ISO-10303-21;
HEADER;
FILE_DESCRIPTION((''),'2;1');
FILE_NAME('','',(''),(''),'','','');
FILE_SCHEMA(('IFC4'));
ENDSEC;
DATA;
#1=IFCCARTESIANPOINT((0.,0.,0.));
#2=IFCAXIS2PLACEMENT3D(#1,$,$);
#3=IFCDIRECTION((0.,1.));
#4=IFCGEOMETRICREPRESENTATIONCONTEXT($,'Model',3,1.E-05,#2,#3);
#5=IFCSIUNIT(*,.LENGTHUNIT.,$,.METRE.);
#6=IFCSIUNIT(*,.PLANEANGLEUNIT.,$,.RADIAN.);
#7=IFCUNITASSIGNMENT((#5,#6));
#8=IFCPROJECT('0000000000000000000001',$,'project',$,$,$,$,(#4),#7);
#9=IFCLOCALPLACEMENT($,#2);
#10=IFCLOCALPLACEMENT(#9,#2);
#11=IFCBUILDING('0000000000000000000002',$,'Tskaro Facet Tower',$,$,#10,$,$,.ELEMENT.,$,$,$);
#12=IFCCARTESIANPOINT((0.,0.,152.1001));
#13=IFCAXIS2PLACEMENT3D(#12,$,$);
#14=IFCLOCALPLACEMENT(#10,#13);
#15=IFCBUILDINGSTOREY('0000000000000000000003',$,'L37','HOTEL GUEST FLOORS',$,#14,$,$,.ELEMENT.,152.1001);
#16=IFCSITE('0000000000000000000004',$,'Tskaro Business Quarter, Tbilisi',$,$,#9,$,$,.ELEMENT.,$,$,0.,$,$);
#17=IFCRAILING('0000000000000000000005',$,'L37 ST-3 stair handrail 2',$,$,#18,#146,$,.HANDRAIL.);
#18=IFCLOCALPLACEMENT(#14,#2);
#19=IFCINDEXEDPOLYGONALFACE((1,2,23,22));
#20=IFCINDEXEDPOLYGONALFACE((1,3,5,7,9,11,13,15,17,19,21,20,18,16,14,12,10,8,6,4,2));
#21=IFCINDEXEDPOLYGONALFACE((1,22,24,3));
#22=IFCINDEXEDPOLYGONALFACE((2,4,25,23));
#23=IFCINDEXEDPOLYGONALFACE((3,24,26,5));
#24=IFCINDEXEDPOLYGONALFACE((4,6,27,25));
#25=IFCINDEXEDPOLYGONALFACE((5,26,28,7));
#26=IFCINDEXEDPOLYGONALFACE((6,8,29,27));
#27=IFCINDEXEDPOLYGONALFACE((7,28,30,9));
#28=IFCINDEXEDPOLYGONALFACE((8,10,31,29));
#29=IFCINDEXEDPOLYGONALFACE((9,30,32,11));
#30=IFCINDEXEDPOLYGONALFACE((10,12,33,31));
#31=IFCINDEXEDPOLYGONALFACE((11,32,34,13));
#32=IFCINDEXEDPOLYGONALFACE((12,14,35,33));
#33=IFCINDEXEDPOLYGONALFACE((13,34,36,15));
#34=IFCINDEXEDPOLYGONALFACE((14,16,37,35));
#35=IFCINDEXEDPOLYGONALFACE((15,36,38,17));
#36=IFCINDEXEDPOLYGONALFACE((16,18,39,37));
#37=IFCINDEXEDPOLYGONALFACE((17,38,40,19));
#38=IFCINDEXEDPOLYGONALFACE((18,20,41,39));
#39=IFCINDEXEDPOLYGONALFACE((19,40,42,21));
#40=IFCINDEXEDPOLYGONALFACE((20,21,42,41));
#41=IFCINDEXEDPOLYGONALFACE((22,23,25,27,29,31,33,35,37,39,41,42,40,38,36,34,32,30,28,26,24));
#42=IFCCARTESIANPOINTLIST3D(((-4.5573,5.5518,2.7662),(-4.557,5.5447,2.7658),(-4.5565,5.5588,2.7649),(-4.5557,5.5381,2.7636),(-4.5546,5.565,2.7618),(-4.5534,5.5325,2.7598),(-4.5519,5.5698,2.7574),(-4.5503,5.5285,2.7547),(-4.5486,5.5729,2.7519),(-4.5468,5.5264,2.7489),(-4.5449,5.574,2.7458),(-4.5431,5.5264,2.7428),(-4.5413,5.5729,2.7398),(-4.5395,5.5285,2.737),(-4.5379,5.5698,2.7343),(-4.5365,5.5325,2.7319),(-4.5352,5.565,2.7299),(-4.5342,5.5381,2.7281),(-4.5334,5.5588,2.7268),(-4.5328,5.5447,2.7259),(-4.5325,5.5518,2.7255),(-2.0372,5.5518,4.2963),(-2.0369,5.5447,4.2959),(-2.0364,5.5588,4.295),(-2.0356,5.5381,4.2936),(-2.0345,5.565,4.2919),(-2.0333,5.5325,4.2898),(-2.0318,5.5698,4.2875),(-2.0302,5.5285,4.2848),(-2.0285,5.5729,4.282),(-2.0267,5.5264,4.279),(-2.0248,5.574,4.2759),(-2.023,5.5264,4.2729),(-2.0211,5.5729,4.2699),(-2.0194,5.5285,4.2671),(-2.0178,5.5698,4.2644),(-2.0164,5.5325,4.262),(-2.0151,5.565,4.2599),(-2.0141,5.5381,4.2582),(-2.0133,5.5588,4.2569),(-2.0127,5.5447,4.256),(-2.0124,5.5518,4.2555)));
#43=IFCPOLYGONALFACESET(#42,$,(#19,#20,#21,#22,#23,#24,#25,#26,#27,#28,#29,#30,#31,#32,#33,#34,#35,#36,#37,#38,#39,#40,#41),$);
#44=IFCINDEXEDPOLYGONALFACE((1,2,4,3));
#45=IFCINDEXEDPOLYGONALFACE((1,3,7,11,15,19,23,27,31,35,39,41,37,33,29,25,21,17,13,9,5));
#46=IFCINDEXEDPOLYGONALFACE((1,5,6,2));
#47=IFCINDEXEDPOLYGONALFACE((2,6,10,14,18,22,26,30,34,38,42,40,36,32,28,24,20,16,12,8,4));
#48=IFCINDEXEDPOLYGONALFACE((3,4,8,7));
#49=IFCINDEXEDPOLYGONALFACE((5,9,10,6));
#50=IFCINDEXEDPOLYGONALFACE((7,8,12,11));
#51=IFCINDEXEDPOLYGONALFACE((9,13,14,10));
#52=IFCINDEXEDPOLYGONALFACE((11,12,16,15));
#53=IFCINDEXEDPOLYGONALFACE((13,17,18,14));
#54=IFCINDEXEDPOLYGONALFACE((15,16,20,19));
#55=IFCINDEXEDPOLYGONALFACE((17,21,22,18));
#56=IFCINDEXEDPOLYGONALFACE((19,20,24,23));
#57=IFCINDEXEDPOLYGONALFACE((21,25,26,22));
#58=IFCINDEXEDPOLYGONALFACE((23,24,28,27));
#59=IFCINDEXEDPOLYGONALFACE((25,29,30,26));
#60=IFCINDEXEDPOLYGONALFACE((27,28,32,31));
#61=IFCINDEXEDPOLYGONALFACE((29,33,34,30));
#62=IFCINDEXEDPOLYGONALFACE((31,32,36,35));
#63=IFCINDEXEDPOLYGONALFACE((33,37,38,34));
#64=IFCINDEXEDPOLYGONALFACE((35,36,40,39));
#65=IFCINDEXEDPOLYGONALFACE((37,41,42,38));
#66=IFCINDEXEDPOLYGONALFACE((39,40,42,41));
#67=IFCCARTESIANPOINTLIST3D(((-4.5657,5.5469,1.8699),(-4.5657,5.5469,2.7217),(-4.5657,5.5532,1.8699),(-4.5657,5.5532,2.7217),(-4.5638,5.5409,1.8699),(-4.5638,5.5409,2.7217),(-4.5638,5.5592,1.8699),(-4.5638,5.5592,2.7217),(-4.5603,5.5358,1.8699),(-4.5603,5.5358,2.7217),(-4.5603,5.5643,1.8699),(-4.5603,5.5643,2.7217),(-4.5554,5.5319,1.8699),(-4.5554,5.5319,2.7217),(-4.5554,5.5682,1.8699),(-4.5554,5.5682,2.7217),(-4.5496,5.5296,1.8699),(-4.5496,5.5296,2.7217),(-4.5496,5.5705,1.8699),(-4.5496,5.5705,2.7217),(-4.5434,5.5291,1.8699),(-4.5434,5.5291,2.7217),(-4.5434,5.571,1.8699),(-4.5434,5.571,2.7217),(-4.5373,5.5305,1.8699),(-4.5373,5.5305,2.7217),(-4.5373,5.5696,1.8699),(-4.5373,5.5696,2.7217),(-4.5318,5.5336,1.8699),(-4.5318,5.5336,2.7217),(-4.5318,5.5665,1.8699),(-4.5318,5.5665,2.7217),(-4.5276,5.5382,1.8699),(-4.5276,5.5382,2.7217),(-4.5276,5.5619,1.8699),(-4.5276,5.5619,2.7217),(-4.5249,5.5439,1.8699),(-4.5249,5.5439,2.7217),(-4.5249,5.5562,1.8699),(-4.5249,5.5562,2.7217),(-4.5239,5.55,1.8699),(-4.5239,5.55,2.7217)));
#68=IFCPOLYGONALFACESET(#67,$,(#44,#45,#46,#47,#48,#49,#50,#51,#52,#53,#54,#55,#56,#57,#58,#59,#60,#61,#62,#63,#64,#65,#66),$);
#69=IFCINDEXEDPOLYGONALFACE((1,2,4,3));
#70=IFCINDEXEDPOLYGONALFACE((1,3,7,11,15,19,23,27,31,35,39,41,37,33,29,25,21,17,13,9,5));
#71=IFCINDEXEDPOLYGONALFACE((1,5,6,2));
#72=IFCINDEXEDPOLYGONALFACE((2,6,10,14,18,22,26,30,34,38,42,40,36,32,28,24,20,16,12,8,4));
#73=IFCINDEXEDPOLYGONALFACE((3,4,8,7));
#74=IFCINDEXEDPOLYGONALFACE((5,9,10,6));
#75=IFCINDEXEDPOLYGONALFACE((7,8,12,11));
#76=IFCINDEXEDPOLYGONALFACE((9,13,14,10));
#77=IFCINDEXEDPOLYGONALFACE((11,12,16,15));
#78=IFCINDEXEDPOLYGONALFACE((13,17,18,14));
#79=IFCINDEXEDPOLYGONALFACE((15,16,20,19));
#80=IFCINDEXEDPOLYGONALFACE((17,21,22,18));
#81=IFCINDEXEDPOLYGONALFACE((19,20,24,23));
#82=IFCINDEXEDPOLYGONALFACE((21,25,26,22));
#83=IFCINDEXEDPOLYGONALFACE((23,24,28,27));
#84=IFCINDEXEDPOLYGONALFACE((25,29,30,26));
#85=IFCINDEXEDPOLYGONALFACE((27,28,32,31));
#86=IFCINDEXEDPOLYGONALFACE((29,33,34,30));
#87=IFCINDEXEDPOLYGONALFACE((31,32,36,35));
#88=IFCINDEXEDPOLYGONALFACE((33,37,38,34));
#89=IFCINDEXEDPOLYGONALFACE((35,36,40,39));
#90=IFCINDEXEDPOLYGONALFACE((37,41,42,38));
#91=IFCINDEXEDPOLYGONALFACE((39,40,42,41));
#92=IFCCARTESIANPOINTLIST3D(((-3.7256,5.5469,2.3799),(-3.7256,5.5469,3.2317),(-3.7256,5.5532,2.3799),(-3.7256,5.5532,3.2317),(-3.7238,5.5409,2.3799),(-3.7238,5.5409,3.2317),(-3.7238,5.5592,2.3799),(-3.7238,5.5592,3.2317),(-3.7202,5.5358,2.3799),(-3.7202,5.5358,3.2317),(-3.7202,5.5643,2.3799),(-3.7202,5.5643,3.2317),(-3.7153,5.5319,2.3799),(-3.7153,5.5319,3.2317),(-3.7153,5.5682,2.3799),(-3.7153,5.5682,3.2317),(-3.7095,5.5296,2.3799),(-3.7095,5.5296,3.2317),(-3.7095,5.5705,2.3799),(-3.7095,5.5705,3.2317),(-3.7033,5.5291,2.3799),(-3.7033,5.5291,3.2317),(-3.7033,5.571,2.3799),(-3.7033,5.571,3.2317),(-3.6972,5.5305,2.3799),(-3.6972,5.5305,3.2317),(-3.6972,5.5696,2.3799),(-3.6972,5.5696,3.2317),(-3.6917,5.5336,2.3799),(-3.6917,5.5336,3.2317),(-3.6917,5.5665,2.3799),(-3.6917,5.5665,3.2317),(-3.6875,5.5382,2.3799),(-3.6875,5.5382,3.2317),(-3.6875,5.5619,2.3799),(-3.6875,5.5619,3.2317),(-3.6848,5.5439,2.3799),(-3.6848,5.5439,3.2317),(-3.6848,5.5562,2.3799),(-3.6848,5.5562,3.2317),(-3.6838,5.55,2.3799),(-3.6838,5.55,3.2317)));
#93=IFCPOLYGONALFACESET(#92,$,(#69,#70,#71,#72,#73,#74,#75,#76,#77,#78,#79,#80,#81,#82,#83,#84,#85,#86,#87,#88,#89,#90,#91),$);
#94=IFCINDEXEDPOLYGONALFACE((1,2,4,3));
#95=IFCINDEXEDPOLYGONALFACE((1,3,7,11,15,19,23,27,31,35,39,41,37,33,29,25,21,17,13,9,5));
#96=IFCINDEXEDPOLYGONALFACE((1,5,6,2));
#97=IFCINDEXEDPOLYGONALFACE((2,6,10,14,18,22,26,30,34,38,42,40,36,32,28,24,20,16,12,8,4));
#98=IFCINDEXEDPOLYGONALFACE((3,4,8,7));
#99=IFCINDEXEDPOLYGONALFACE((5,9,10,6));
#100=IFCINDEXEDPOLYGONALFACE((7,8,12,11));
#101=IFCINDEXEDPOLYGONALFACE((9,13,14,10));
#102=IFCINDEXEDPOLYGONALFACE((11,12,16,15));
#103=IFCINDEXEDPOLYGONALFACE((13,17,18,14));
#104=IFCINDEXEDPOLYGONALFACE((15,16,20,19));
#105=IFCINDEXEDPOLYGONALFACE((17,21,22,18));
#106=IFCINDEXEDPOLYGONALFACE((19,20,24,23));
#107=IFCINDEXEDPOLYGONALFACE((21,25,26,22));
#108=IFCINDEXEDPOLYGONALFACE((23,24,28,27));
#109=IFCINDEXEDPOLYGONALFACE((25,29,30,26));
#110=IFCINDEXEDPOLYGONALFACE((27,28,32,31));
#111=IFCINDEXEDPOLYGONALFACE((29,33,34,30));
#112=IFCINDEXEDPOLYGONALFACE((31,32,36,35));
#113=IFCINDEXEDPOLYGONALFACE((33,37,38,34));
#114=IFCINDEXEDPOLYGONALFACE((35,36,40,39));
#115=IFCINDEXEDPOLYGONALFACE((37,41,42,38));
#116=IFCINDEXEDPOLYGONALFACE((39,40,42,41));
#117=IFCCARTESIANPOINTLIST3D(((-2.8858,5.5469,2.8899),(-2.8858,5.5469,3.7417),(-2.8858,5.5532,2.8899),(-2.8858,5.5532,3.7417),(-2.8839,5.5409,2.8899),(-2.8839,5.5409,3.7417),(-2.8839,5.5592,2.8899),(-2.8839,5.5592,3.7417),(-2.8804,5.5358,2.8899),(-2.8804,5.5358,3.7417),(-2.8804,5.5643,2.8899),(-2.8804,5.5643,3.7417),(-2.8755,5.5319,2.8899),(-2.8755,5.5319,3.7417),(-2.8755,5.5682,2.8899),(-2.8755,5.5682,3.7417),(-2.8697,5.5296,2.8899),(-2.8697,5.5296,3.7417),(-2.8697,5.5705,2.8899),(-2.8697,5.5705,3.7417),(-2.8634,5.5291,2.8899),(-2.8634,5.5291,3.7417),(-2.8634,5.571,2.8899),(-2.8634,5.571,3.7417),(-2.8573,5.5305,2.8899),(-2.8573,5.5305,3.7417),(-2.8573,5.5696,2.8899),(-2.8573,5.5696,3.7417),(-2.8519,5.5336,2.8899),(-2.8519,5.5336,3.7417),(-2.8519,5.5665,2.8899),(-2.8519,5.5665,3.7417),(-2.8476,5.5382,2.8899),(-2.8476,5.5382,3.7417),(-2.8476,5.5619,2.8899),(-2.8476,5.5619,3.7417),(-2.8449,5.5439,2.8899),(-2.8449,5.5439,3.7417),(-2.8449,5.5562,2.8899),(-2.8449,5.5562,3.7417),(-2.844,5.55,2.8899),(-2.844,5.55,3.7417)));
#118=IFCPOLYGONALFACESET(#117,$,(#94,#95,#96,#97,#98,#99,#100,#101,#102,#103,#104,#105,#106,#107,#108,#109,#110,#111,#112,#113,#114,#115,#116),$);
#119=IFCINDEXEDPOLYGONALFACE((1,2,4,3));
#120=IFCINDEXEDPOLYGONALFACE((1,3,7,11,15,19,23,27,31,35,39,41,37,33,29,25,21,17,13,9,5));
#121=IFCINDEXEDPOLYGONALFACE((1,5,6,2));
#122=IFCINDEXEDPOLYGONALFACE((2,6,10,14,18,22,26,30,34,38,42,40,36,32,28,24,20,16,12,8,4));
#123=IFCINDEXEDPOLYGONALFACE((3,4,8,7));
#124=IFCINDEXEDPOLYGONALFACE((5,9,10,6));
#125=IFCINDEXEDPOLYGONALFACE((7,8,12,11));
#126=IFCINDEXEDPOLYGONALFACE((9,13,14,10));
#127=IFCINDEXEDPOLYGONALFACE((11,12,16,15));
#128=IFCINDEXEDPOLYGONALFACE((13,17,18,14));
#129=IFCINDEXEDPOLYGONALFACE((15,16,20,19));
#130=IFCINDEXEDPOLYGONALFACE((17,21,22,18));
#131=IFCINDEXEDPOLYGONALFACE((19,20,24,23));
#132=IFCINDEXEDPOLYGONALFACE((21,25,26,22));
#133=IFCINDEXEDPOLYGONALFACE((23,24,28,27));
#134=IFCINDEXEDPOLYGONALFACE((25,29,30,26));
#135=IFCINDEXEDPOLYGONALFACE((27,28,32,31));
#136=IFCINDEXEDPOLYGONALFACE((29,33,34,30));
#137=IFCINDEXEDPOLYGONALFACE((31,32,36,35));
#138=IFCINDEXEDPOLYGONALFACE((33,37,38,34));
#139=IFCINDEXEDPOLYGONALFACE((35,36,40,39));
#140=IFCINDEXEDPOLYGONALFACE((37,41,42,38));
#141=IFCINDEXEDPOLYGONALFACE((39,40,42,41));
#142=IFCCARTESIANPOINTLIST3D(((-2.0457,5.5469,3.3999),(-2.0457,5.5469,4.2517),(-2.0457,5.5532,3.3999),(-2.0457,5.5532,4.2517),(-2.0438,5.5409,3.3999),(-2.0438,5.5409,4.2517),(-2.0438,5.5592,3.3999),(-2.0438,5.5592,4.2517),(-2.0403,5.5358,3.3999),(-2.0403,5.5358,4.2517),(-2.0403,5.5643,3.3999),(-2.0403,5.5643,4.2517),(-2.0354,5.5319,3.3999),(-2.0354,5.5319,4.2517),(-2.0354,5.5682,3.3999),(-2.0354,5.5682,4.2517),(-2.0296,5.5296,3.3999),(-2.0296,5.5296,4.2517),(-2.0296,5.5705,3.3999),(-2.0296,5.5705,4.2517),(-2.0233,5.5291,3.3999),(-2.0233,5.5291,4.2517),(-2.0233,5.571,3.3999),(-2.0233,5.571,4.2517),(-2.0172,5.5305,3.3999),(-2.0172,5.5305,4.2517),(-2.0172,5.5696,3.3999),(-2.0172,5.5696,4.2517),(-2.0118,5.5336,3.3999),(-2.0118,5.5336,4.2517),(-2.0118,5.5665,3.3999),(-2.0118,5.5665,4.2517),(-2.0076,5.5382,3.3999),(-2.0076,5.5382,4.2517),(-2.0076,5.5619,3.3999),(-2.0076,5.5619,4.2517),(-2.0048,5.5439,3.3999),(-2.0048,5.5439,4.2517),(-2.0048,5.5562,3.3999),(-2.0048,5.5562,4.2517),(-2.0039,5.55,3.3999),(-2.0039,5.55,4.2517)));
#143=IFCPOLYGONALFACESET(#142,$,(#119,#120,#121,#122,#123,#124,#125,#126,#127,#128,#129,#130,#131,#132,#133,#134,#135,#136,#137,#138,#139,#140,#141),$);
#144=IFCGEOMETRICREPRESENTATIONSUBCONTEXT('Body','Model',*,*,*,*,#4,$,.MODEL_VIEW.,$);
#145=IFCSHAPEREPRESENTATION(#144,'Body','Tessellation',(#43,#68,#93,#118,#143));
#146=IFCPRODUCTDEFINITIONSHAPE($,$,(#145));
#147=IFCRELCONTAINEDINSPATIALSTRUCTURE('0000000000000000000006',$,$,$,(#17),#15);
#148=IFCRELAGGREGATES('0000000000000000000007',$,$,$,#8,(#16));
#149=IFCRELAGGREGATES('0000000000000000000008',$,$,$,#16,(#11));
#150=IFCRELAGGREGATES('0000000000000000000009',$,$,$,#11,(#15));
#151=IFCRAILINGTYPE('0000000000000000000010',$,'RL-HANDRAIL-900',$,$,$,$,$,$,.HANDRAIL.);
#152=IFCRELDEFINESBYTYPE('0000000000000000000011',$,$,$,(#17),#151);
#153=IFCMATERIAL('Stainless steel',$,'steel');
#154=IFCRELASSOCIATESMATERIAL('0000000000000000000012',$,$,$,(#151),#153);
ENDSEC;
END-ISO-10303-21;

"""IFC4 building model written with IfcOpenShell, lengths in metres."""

from ifc_helpers import new_model, si_unit, direction, frame, origin, origin_2d, place, context, subcontext, project, spatial, circle, extrude, material, type_object, element, save


model = new_model("IFC4")

# Units and contexts
model_context = context("Model", 3, precision=1e-05, world=origin(), true_north=direction((0.0, 1.0)))
body_context = subcontext(model_context, "Body", "Model", "MODEL_VIEW")
ifc_project = project(units=[si_unit("LENGTHUNIT", "METRE"), si_unit("PLANEANGLEUNIT", "RADIAN")], contexts=[model_context])

# Site, building, storey
site_placement = place(None, origin())
site = spatial("IfcSite", under=ifc_project, at=site_placement, Name="Tskaro Business Quarter, Tbilisi", CompositionType="ELEMENT", RefElevation=0.0)
building_placement = place(site_placement, origin())
building = spatial("IfcBuilding", under=site, at=building_placement, Name="Tskaro Facet Tower", CompositionType="ELEMENT")
storey_placement = place(building_placement, frame((0.0, 0.0, 152.1001)))
storey = spatial("IfcBuildingStorey", under=building, at=storey_placement, Name="L37", Description="HOTEL GUEST FLOORS", CompositionType="ELEMENT", Elevation=152.1001)

# Railing
ifc_material_1 = material(Name="Stainless steel", Category="steel")
railing_type_1 = type_object("IfcRailingType", Name="RL-HANDRAIL-900", PredefinedType="HANDRAIL", material=ifc_material_1)
railing_1_placement = place(storey_placement, frame((-4.5449, 5.55, 1.8699)))
element("IfcRailing", 1, at=railing_1_placement, inside=storey, type_object=railing_type_1, Name="L37 ST-3 stair handrail 2", PredefinedType="HANDRAIL", context=body_context, shape_type="SweptSolid", body=[
    extrude(circle(Radius=0.0239, at=origin_2d()), frame((0.0, 0.0, 0.876), z_axis=(0.854785, 0.0, 0.518982), x_axis=(0.0, 1.0, 0.0)), (0.0, 0.0, 1.0), 2.9482),
    extrude(circle(Radius=0.021, at=origin_2d()), origin(), (0.0, 0.0, 1.0), 0.8518),
    extrude(circle(Radius=0.021, at=origin_2d()), frame((0.8401, 0.0, 0.51)), (0.0, 0.0, 1.0), 0.8518),
    extrude(circle(Radius=0.021, at=origin_2d()), frame((1.6799, 0.0, 1.02)), (0.0, 0.0, 1.0), 0.8518),
    extrude(circle(Radius=0.021, at=origin_2d()), frame((2.52, 0.0, 1.53)), (0.0, 0.0, 1.0), 0.8518),
])

save(model, "model.ifc")
